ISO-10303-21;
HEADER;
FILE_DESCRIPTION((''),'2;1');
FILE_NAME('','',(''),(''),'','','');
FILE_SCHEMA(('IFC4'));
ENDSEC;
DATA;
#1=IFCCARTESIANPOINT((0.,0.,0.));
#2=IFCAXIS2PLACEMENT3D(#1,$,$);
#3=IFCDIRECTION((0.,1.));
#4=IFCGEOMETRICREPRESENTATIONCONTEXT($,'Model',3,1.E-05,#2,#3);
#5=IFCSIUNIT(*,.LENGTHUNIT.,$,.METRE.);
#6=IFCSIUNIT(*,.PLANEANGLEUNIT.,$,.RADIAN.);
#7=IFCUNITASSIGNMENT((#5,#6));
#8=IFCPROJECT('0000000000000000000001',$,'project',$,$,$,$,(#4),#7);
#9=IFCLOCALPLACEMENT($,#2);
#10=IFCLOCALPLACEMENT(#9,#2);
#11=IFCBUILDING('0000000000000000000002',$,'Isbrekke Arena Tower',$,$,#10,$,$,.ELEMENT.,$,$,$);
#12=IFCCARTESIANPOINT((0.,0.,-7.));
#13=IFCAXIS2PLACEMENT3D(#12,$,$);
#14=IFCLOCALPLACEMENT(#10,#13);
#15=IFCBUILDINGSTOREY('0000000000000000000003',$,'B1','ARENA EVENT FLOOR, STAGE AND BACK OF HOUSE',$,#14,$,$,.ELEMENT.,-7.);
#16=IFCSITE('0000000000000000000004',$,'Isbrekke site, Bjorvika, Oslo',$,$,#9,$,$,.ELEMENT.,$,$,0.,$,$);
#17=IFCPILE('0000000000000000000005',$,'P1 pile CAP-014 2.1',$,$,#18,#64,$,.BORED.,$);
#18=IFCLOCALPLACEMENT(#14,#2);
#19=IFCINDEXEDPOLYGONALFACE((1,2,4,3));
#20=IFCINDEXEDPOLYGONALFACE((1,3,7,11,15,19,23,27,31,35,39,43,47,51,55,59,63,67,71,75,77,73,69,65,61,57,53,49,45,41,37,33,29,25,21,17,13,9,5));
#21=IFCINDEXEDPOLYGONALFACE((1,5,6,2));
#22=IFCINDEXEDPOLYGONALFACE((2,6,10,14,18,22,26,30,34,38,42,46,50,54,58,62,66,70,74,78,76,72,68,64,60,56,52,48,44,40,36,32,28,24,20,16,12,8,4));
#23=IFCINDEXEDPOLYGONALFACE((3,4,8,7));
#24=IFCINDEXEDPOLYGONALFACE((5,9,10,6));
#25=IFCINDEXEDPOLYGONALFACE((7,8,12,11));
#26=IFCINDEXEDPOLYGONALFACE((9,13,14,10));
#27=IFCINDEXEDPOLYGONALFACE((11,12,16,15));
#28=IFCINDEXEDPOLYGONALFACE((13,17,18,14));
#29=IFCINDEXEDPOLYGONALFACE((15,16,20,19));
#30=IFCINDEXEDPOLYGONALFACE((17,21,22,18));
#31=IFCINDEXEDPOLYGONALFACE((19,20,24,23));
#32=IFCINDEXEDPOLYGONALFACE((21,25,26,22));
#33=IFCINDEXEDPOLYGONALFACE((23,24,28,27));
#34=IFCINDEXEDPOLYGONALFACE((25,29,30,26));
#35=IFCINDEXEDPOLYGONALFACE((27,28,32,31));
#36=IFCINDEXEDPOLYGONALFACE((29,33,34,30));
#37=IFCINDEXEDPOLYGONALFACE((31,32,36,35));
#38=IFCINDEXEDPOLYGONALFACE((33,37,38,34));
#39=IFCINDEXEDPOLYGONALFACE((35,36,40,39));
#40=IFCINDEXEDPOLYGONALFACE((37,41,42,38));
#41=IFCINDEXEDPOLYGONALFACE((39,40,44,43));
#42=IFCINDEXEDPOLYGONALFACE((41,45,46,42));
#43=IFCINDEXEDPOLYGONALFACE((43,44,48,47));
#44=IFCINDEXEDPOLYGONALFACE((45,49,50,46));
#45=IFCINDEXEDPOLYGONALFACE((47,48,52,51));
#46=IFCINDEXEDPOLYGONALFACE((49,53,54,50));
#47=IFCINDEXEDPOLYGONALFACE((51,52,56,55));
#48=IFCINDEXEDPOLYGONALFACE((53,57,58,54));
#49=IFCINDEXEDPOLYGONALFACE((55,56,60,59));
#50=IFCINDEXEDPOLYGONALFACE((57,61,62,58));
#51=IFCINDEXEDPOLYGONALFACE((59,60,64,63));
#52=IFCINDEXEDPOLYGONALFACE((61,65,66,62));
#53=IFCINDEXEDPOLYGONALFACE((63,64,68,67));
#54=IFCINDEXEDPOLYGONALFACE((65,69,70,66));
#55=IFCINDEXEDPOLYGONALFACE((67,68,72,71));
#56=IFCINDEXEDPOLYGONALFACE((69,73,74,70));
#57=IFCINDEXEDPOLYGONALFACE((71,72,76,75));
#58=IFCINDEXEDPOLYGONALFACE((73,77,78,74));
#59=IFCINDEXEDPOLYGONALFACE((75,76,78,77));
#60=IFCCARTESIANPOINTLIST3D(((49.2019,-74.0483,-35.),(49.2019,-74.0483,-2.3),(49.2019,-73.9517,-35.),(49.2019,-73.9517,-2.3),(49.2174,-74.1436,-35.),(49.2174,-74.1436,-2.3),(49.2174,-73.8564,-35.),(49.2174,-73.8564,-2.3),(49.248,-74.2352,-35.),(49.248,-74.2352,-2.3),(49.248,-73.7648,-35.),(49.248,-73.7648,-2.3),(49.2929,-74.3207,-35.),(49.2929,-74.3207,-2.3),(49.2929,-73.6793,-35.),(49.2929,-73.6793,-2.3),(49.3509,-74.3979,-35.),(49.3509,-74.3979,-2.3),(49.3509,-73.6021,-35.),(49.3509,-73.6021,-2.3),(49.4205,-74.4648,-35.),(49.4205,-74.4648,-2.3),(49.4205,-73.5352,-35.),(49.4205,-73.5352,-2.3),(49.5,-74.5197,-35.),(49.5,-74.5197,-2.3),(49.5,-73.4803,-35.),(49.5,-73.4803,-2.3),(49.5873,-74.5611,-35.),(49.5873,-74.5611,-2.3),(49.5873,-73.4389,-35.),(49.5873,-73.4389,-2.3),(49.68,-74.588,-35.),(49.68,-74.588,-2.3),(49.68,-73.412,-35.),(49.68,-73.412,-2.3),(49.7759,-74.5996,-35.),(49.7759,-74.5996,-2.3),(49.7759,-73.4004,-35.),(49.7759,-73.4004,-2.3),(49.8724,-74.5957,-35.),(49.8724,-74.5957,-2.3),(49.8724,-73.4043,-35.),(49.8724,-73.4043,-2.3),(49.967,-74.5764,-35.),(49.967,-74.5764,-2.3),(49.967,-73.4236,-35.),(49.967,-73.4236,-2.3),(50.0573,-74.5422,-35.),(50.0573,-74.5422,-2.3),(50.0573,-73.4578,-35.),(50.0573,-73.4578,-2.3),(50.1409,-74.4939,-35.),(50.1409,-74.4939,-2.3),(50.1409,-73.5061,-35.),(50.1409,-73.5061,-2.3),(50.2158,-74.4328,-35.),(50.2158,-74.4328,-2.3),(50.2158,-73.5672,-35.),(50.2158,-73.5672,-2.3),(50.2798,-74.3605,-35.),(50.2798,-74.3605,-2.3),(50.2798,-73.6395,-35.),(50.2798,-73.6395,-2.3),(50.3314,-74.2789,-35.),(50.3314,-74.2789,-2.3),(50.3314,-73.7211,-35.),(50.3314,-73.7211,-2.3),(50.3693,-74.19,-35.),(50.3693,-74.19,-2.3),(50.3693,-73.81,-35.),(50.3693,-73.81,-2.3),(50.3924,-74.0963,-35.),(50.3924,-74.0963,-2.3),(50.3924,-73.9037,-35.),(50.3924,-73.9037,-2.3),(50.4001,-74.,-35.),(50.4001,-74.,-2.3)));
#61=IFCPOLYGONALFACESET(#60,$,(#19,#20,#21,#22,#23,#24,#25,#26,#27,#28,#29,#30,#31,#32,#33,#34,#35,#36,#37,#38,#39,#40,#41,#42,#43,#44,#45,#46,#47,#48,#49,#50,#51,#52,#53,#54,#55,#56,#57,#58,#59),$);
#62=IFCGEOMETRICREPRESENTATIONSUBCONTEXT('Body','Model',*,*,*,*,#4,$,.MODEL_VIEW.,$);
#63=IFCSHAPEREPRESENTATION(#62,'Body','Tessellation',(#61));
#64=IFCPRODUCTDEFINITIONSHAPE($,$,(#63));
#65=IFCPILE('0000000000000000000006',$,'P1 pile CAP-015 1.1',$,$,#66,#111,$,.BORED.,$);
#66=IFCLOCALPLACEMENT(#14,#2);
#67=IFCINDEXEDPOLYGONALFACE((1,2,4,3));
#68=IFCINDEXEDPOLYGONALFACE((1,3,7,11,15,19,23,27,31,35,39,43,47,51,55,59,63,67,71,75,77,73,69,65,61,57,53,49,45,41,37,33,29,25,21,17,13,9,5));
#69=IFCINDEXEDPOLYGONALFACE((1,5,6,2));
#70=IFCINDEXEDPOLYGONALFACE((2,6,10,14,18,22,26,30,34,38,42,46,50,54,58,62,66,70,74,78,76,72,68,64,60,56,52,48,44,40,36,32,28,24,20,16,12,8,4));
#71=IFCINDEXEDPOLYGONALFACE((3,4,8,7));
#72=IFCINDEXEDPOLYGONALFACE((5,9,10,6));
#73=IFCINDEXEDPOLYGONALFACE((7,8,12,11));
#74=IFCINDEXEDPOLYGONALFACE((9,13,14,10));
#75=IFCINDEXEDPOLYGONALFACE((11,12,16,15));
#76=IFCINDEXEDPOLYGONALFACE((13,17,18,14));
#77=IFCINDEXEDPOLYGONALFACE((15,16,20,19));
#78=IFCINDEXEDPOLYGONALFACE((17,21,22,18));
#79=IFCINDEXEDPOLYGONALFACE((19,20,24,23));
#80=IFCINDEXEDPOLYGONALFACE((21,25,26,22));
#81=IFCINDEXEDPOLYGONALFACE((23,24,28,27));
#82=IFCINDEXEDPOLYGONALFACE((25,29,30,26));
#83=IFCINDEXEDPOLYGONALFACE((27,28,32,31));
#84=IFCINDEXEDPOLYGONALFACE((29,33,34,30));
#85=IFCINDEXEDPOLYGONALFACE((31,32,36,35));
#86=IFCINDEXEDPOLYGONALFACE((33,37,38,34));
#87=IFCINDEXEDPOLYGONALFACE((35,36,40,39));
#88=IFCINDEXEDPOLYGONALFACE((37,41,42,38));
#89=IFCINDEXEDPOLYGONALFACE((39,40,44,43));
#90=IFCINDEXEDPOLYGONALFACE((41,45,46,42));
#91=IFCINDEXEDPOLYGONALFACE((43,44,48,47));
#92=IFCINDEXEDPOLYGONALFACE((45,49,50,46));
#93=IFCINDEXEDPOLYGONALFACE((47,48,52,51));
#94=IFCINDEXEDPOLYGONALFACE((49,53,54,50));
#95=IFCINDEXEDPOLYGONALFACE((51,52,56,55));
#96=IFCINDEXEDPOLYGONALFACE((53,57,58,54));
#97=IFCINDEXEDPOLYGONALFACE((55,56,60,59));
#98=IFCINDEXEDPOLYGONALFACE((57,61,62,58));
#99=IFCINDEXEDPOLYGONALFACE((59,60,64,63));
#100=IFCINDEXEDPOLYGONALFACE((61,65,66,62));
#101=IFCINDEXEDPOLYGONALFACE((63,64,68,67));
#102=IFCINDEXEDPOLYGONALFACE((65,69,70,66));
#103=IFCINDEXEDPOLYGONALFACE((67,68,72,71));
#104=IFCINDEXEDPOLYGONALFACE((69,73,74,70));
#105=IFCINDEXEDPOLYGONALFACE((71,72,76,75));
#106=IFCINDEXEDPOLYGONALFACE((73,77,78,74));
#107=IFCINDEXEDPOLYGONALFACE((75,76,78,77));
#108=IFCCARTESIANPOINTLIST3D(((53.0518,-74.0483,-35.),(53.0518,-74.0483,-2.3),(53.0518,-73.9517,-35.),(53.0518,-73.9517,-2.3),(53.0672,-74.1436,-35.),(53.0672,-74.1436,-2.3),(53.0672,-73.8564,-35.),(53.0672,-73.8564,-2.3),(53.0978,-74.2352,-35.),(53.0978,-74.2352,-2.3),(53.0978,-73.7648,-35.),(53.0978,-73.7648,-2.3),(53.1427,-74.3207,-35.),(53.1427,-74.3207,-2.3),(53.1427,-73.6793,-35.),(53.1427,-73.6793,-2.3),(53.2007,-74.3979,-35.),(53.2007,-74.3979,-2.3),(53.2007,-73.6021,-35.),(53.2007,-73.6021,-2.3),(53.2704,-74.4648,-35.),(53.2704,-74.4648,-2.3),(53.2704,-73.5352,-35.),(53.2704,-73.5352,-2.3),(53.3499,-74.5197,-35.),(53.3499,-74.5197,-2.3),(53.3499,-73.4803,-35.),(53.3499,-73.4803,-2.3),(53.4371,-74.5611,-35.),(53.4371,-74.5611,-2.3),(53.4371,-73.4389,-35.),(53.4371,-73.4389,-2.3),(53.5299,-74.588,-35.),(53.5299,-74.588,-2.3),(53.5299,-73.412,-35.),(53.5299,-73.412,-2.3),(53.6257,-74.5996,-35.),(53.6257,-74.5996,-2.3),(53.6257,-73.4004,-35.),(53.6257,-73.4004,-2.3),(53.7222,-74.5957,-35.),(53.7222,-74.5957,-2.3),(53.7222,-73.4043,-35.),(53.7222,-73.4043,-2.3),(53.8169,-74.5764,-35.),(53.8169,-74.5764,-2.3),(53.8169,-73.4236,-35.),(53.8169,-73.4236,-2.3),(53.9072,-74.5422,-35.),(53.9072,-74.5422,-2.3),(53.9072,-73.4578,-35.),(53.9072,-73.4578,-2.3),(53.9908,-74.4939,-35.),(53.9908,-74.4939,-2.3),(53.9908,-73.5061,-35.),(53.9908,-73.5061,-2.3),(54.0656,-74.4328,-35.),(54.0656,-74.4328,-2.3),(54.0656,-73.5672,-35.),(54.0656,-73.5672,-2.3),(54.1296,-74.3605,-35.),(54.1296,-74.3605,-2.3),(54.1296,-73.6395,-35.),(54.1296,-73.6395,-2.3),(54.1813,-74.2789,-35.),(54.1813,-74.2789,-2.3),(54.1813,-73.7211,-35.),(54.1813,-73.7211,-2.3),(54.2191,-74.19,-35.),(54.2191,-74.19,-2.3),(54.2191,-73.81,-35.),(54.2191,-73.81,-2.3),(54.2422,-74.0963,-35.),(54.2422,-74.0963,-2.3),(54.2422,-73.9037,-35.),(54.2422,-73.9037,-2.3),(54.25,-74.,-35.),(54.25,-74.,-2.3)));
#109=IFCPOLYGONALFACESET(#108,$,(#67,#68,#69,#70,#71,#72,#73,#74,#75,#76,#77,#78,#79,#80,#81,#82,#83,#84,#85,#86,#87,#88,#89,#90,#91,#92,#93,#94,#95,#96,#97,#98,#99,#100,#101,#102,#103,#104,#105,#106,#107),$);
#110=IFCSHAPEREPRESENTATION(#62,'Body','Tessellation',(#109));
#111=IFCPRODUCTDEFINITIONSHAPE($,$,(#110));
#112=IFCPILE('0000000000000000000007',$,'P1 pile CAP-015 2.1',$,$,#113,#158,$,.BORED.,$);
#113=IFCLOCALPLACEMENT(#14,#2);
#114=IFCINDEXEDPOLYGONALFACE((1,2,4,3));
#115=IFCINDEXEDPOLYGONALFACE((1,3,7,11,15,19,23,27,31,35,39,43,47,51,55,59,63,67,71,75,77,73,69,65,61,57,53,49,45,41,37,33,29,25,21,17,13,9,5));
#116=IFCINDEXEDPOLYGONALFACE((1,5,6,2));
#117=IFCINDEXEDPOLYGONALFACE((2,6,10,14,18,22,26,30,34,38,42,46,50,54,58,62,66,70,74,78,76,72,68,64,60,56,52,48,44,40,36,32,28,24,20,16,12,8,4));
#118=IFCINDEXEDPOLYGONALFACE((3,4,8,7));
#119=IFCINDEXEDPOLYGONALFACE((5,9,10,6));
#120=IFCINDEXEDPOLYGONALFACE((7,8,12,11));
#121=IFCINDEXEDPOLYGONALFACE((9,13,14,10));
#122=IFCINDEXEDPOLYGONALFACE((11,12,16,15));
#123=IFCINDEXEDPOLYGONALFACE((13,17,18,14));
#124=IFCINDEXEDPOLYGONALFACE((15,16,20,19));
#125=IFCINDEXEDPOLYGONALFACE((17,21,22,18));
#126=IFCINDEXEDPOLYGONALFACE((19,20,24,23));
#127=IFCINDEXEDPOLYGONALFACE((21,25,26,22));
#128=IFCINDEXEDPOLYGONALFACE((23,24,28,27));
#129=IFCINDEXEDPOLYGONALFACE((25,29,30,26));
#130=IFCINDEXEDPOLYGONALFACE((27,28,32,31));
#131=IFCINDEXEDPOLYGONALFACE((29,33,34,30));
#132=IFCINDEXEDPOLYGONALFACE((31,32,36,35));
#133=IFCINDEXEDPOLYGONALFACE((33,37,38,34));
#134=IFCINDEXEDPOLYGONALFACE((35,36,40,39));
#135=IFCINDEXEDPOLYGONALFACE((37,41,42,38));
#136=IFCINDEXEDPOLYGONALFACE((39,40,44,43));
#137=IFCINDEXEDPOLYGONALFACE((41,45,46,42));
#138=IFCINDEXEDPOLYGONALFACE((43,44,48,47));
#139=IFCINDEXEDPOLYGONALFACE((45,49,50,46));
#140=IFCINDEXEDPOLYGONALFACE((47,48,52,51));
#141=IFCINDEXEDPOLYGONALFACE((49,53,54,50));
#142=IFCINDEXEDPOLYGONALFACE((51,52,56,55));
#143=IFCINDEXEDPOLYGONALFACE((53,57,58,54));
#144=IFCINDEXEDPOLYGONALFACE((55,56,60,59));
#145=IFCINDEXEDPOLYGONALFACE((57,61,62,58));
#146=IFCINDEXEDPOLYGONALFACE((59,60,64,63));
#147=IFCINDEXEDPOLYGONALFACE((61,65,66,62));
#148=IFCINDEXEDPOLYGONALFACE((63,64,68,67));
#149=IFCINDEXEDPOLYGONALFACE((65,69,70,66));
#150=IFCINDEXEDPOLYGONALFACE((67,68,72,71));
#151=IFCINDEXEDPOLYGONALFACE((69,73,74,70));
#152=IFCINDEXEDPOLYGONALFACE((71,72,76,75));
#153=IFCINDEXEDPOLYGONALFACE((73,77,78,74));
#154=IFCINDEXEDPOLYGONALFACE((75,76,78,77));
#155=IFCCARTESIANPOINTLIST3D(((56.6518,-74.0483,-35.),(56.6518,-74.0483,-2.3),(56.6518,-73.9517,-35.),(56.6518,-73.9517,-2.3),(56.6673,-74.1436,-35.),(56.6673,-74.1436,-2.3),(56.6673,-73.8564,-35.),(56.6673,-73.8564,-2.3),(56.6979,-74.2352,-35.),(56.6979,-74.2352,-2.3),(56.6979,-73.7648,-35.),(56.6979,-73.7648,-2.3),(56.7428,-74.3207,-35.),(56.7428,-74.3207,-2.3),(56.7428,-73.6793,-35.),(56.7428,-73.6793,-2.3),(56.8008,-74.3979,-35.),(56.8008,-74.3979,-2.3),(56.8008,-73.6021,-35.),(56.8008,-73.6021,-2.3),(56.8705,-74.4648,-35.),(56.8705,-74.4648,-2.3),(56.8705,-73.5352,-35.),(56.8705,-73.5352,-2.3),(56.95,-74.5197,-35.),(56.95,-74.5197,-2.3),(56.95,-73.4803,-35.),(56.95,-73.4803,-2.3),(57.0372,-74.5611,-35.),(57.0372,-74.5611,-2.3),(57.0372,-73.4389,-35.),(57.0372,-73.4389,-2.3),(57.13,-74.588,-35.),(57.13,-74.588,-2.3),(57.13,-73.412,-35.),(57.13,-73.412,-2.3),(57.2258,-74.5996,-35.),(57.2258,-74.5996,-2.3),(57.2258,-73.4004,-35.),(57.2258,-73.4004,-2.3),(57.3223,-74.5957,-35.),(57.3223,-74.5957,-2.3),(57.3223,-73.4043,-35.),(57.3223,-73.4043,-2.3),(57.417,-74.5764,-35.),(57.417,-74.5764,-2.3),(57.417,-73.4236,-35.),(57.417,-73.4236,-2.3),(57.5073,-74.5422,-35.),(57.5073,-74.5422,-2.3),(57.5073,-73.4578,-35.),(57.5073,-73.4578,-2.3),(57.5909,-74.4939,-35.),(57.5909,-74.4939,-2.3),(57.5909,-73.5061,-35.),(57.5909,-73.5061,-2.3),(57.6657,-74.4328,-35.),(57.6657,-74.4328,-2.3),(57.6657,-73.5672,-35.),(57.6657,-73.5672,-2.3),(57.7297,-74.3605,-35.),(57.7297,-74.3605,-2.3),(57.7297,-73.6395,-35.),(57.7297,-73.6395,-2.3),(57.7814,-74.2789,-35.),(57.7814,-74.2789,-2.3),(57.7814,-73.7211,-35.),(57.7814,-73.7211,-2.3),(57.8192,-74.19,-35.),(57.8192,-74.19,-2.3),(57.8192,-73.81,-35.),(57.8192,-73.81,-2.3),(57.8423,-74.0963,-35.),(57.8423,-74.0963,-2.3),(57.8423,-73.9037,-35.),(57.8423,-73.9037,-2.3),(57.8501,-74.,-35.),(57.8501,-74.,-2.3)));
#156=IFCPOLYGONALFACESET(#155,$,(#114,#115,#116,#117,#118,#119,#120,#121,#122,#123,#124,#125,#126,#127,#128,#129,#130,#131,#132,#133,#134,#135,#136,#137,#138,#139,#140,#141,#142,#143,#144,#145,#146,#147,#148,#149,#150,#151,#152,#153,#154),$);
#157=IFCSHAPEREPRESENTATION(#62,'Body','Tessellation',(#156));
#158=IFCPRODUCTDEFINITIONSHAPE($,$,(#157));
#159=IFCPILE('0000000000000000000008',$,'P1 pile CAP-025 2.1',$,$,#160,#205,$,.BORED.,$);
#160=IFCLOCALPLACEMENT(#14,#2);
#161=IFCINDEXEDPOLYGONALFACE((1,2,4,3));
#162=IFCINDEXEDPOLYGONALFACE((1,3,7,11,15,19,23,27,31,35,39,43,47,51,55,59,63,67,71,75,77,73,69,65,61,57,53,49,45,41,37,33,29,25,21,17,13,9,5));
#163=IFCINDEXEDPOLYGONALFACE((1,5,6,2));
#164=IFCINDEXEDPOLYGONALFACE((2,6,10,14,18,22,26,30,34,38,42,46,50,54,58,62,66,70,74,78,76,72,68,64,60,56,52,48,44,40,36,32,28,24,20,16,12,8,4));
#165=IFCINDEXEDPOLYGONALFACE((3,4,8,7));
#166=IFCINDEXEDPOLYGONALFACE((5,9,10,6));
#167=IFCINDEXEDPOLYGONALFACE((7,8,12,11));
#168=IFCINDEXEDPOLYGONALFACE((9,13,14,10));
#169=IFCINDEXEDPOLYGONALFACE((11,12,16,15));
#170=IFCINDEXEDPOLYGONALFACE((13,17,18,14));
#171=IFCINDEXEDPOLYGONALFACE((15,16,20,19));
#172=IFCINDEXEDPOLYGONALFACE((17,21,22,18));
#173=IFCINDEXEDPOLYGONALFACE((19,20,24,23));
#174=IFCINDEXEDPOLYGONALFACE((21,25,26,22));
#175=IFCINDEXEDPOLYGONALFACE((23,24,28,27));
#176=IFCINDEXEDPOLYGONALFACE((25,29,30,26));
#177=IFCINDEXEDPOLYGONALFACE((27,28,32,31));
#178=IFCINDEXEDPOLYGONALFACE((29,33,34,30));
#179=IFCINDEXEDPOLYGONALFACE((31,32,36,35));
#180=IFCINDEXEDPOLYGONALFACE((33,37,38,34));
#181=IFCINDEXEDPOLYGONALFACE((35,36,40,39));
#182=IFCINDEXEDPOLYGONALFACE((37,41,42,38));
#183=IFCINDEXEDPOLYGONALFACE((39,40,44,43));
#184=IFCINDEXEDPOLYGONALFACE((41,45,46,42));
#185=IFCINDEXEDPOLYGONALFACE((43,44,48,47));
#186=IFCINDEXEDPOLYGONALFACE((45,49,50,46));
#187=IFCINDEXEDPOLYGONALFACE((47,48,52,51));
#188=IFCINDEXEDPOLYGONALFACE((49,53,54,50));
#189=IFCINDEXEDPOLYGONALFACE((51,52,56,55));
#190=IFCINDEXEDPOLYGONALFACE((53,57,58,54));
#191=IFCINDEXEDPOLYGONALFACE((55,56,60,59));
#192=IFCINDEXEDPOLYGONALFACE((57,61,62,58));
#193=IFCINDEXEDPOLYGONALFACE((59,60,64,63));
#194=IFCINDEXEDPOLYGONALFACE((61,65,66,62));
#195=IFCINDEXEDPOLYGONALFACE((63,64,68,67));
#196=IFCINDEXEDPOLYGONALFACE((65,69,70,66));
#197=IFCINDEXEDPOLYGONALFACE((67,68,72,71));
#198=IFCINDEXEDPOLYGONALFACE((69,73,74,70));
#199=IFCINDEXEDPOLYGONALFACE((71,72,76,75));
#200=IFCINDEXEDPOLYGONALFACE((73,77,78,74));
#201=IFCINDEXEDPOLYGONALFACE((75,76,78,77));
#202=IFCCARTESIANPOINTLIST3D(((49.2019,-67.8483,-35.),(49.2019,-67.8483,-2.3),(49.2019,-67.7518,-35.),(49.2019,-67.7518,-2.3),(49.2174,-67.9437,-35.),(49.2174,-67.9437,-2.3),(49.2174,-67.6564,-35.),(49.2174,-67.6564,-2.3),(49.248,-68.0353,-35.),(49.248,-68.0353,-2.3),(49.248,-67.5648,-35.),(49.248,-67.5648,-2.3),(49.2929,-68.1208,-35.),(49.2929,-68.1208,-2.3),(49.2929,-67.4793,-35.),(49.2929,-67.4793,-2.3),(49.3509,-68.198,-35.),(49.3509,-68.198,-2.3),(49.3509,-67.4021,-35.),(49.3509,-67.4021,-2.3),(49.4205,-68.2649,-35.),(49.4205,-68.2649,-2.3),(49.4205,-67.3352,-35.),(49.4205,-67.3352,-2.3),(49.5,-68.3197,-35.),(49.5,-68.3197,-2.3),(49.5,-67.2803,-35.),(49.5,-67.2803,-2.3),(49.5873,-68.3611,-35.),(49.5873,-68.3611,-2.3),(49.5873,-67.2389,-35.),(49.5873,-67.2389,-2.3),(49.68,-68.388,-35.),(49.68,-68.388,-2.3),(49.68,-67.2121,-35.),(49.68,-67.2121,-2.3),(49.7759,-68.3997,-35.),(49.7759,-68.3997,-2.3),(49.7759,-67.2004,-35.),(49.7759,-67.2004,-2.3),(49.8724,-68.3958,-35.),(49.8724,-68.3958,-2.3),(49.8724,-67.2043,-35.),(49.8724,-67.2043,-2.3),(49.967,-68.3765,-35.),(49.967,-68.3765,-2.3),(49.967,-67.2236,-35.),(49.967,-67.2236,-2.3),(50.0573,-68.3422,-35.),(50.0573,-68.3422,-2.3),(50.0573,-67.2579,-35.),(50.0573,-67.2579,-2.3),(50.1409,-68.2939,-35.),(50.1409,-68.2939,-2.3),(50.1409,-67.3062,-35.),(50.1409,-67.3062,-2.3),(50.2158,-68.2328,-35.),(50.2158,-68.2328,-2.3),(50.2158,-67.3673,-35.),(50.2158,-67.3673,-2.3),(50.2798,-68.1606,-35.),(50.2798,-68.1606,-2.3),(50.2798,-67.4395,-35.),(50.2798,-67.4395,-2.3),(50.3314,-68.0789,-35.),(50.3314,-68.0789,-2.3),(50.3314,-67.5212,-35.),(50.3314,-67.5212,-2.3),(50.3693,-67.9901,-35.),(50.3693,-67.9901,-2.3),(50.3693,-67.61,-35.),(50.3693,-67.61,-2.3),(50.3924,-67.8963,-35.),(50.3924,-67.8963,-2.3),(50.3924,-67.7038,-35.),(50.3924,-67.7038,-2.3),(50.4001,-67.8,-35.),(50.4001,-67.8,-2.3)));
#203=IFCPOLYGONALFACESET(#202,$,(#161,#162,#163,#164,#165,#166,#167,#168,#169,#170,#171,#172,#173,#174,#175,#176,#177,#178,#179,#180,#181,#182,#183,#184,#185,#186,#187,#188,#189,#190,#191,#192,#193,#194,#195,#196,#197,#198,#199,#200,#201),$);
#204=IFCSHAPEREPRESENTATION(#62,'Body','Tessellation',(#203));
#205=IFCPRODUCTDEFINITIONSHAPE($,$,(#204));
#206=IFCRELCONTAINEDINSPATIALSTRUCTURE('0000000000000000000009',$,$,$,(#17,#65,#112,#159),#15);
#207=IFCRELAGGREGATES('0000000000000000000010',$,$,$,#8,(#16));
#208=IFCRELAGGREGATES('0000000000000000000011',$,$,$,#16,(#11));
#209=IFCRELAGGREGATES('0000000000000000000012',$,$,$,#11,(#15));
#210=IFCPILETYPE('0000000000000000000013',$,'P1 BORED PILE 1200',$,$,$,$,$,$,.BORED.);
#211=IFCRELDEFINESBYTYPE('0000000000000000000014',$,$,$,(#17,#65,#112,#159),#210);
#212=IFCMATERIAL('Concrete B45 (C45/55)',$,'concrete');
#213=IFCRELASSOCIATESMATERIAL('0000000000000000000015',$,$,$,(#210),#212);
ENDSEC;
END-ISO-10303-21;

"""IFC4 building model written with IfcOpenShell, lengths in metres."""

from ifc_helpers import new_model, si_unit, direction, frame, origin, origin_2d, place, context, subcontext, project, spatial, circle, extrude, material, material_profile, profile_set, type_object, element, save


model = new_model("IFC4")

# Units and contexts
model_context = context("Model", 3, precision=1e-05, world=origin(), true_north=direction((0.0, 1.0)))
body_context = subcontext(model_context, "Body", "Model", "MODEL_VIEW")
ifc_project = project(units=[si_unit("LENGTHUNIT", "METRE"), si_unit("PLANEANGLEUNIT", "RADIAN")], contexts=[model_context])

# Site, building, storey
site_placement = place(None, origin())
site = spatial("IfcSite", under=ifc_project, at=site_placement, Name="Isbrekke site, Bjorvika, Oslo", CompositionType="ELEMENT", RefElevation=0.0)
building_placement = place(site_placement, origin())
building = spatial("IfcBuilding", under=site, at=building_placement, Name="Isbrekke Arena Tower", CompositionType="ELEMENT")
storey_placement = place(building_placement, frame((0.0, 0.0, -7.0)))
storey = spatial("IfcBuildingStorey", under=building, at=storey_placement, Name="B1", Description="ARENA EVENT FLOOR, STAGE AND BACK OF HOUSE", CompositionType="ELEMENT", Elevation=-7.0)

# Piles
ifc_material_1 = material(Name="Concrete B45 (C45/55)", Category="concrete")
ifc_material_profile_1 = material_profile(ifc_material_1, circle(Radius=0.6001, at=origin_2d()), Name="BORED PILE D1200")
ifc_profile_set_1 = profile_set([ifc_material_profile_1], Name="Concrete B45 (C45/55)")
pile_type = type_object("IfcPileType", Name="P1 BORED PILE 1200", PredefinedType="BORED", material=ifc_profile_set_1)
for number, where, z_axis, x_axis, name in (
    (1, (49.8, -74.0, -2.3), (0.0, 0.0, -1.0), (1.0, 0.0, 0.0), "P1 pile CAP-014 2.1"),
    (2, (53.6499, -74.0, -2.3), (0.0, 0.0, -1.0), (1.0, 0.0, 0.0), "P1 pile CAP-015 1.1"),
    (3, (57.25, -74.0, -2.3), (0.0, 0.0, -1.0), (1.0, 0.0, 0.0), "P1 pile CAP-015 2.1"),
    (4, (49.8, -67.8, -2.3), (0.0, 0.0, -1.0), (1.0, 0.0, 0.0), "P1 pile CAP-025 2.1"),
):
    element("IfcPile", number, at=place(storey_placement, frame(where, z_axis=z_axis, x_axis=x_axis)), inside=storey, type_object=pile_type, Name=name, PredefinedType="BORED", context=body_context, shape_type="SweptSolid", body=[
        extrude(circle(Radius=0.6001, at=origin_2d()), origin(), (0.0, 0.0, 1.0), 32.7),
    ])

save(model, "model.ifc")
